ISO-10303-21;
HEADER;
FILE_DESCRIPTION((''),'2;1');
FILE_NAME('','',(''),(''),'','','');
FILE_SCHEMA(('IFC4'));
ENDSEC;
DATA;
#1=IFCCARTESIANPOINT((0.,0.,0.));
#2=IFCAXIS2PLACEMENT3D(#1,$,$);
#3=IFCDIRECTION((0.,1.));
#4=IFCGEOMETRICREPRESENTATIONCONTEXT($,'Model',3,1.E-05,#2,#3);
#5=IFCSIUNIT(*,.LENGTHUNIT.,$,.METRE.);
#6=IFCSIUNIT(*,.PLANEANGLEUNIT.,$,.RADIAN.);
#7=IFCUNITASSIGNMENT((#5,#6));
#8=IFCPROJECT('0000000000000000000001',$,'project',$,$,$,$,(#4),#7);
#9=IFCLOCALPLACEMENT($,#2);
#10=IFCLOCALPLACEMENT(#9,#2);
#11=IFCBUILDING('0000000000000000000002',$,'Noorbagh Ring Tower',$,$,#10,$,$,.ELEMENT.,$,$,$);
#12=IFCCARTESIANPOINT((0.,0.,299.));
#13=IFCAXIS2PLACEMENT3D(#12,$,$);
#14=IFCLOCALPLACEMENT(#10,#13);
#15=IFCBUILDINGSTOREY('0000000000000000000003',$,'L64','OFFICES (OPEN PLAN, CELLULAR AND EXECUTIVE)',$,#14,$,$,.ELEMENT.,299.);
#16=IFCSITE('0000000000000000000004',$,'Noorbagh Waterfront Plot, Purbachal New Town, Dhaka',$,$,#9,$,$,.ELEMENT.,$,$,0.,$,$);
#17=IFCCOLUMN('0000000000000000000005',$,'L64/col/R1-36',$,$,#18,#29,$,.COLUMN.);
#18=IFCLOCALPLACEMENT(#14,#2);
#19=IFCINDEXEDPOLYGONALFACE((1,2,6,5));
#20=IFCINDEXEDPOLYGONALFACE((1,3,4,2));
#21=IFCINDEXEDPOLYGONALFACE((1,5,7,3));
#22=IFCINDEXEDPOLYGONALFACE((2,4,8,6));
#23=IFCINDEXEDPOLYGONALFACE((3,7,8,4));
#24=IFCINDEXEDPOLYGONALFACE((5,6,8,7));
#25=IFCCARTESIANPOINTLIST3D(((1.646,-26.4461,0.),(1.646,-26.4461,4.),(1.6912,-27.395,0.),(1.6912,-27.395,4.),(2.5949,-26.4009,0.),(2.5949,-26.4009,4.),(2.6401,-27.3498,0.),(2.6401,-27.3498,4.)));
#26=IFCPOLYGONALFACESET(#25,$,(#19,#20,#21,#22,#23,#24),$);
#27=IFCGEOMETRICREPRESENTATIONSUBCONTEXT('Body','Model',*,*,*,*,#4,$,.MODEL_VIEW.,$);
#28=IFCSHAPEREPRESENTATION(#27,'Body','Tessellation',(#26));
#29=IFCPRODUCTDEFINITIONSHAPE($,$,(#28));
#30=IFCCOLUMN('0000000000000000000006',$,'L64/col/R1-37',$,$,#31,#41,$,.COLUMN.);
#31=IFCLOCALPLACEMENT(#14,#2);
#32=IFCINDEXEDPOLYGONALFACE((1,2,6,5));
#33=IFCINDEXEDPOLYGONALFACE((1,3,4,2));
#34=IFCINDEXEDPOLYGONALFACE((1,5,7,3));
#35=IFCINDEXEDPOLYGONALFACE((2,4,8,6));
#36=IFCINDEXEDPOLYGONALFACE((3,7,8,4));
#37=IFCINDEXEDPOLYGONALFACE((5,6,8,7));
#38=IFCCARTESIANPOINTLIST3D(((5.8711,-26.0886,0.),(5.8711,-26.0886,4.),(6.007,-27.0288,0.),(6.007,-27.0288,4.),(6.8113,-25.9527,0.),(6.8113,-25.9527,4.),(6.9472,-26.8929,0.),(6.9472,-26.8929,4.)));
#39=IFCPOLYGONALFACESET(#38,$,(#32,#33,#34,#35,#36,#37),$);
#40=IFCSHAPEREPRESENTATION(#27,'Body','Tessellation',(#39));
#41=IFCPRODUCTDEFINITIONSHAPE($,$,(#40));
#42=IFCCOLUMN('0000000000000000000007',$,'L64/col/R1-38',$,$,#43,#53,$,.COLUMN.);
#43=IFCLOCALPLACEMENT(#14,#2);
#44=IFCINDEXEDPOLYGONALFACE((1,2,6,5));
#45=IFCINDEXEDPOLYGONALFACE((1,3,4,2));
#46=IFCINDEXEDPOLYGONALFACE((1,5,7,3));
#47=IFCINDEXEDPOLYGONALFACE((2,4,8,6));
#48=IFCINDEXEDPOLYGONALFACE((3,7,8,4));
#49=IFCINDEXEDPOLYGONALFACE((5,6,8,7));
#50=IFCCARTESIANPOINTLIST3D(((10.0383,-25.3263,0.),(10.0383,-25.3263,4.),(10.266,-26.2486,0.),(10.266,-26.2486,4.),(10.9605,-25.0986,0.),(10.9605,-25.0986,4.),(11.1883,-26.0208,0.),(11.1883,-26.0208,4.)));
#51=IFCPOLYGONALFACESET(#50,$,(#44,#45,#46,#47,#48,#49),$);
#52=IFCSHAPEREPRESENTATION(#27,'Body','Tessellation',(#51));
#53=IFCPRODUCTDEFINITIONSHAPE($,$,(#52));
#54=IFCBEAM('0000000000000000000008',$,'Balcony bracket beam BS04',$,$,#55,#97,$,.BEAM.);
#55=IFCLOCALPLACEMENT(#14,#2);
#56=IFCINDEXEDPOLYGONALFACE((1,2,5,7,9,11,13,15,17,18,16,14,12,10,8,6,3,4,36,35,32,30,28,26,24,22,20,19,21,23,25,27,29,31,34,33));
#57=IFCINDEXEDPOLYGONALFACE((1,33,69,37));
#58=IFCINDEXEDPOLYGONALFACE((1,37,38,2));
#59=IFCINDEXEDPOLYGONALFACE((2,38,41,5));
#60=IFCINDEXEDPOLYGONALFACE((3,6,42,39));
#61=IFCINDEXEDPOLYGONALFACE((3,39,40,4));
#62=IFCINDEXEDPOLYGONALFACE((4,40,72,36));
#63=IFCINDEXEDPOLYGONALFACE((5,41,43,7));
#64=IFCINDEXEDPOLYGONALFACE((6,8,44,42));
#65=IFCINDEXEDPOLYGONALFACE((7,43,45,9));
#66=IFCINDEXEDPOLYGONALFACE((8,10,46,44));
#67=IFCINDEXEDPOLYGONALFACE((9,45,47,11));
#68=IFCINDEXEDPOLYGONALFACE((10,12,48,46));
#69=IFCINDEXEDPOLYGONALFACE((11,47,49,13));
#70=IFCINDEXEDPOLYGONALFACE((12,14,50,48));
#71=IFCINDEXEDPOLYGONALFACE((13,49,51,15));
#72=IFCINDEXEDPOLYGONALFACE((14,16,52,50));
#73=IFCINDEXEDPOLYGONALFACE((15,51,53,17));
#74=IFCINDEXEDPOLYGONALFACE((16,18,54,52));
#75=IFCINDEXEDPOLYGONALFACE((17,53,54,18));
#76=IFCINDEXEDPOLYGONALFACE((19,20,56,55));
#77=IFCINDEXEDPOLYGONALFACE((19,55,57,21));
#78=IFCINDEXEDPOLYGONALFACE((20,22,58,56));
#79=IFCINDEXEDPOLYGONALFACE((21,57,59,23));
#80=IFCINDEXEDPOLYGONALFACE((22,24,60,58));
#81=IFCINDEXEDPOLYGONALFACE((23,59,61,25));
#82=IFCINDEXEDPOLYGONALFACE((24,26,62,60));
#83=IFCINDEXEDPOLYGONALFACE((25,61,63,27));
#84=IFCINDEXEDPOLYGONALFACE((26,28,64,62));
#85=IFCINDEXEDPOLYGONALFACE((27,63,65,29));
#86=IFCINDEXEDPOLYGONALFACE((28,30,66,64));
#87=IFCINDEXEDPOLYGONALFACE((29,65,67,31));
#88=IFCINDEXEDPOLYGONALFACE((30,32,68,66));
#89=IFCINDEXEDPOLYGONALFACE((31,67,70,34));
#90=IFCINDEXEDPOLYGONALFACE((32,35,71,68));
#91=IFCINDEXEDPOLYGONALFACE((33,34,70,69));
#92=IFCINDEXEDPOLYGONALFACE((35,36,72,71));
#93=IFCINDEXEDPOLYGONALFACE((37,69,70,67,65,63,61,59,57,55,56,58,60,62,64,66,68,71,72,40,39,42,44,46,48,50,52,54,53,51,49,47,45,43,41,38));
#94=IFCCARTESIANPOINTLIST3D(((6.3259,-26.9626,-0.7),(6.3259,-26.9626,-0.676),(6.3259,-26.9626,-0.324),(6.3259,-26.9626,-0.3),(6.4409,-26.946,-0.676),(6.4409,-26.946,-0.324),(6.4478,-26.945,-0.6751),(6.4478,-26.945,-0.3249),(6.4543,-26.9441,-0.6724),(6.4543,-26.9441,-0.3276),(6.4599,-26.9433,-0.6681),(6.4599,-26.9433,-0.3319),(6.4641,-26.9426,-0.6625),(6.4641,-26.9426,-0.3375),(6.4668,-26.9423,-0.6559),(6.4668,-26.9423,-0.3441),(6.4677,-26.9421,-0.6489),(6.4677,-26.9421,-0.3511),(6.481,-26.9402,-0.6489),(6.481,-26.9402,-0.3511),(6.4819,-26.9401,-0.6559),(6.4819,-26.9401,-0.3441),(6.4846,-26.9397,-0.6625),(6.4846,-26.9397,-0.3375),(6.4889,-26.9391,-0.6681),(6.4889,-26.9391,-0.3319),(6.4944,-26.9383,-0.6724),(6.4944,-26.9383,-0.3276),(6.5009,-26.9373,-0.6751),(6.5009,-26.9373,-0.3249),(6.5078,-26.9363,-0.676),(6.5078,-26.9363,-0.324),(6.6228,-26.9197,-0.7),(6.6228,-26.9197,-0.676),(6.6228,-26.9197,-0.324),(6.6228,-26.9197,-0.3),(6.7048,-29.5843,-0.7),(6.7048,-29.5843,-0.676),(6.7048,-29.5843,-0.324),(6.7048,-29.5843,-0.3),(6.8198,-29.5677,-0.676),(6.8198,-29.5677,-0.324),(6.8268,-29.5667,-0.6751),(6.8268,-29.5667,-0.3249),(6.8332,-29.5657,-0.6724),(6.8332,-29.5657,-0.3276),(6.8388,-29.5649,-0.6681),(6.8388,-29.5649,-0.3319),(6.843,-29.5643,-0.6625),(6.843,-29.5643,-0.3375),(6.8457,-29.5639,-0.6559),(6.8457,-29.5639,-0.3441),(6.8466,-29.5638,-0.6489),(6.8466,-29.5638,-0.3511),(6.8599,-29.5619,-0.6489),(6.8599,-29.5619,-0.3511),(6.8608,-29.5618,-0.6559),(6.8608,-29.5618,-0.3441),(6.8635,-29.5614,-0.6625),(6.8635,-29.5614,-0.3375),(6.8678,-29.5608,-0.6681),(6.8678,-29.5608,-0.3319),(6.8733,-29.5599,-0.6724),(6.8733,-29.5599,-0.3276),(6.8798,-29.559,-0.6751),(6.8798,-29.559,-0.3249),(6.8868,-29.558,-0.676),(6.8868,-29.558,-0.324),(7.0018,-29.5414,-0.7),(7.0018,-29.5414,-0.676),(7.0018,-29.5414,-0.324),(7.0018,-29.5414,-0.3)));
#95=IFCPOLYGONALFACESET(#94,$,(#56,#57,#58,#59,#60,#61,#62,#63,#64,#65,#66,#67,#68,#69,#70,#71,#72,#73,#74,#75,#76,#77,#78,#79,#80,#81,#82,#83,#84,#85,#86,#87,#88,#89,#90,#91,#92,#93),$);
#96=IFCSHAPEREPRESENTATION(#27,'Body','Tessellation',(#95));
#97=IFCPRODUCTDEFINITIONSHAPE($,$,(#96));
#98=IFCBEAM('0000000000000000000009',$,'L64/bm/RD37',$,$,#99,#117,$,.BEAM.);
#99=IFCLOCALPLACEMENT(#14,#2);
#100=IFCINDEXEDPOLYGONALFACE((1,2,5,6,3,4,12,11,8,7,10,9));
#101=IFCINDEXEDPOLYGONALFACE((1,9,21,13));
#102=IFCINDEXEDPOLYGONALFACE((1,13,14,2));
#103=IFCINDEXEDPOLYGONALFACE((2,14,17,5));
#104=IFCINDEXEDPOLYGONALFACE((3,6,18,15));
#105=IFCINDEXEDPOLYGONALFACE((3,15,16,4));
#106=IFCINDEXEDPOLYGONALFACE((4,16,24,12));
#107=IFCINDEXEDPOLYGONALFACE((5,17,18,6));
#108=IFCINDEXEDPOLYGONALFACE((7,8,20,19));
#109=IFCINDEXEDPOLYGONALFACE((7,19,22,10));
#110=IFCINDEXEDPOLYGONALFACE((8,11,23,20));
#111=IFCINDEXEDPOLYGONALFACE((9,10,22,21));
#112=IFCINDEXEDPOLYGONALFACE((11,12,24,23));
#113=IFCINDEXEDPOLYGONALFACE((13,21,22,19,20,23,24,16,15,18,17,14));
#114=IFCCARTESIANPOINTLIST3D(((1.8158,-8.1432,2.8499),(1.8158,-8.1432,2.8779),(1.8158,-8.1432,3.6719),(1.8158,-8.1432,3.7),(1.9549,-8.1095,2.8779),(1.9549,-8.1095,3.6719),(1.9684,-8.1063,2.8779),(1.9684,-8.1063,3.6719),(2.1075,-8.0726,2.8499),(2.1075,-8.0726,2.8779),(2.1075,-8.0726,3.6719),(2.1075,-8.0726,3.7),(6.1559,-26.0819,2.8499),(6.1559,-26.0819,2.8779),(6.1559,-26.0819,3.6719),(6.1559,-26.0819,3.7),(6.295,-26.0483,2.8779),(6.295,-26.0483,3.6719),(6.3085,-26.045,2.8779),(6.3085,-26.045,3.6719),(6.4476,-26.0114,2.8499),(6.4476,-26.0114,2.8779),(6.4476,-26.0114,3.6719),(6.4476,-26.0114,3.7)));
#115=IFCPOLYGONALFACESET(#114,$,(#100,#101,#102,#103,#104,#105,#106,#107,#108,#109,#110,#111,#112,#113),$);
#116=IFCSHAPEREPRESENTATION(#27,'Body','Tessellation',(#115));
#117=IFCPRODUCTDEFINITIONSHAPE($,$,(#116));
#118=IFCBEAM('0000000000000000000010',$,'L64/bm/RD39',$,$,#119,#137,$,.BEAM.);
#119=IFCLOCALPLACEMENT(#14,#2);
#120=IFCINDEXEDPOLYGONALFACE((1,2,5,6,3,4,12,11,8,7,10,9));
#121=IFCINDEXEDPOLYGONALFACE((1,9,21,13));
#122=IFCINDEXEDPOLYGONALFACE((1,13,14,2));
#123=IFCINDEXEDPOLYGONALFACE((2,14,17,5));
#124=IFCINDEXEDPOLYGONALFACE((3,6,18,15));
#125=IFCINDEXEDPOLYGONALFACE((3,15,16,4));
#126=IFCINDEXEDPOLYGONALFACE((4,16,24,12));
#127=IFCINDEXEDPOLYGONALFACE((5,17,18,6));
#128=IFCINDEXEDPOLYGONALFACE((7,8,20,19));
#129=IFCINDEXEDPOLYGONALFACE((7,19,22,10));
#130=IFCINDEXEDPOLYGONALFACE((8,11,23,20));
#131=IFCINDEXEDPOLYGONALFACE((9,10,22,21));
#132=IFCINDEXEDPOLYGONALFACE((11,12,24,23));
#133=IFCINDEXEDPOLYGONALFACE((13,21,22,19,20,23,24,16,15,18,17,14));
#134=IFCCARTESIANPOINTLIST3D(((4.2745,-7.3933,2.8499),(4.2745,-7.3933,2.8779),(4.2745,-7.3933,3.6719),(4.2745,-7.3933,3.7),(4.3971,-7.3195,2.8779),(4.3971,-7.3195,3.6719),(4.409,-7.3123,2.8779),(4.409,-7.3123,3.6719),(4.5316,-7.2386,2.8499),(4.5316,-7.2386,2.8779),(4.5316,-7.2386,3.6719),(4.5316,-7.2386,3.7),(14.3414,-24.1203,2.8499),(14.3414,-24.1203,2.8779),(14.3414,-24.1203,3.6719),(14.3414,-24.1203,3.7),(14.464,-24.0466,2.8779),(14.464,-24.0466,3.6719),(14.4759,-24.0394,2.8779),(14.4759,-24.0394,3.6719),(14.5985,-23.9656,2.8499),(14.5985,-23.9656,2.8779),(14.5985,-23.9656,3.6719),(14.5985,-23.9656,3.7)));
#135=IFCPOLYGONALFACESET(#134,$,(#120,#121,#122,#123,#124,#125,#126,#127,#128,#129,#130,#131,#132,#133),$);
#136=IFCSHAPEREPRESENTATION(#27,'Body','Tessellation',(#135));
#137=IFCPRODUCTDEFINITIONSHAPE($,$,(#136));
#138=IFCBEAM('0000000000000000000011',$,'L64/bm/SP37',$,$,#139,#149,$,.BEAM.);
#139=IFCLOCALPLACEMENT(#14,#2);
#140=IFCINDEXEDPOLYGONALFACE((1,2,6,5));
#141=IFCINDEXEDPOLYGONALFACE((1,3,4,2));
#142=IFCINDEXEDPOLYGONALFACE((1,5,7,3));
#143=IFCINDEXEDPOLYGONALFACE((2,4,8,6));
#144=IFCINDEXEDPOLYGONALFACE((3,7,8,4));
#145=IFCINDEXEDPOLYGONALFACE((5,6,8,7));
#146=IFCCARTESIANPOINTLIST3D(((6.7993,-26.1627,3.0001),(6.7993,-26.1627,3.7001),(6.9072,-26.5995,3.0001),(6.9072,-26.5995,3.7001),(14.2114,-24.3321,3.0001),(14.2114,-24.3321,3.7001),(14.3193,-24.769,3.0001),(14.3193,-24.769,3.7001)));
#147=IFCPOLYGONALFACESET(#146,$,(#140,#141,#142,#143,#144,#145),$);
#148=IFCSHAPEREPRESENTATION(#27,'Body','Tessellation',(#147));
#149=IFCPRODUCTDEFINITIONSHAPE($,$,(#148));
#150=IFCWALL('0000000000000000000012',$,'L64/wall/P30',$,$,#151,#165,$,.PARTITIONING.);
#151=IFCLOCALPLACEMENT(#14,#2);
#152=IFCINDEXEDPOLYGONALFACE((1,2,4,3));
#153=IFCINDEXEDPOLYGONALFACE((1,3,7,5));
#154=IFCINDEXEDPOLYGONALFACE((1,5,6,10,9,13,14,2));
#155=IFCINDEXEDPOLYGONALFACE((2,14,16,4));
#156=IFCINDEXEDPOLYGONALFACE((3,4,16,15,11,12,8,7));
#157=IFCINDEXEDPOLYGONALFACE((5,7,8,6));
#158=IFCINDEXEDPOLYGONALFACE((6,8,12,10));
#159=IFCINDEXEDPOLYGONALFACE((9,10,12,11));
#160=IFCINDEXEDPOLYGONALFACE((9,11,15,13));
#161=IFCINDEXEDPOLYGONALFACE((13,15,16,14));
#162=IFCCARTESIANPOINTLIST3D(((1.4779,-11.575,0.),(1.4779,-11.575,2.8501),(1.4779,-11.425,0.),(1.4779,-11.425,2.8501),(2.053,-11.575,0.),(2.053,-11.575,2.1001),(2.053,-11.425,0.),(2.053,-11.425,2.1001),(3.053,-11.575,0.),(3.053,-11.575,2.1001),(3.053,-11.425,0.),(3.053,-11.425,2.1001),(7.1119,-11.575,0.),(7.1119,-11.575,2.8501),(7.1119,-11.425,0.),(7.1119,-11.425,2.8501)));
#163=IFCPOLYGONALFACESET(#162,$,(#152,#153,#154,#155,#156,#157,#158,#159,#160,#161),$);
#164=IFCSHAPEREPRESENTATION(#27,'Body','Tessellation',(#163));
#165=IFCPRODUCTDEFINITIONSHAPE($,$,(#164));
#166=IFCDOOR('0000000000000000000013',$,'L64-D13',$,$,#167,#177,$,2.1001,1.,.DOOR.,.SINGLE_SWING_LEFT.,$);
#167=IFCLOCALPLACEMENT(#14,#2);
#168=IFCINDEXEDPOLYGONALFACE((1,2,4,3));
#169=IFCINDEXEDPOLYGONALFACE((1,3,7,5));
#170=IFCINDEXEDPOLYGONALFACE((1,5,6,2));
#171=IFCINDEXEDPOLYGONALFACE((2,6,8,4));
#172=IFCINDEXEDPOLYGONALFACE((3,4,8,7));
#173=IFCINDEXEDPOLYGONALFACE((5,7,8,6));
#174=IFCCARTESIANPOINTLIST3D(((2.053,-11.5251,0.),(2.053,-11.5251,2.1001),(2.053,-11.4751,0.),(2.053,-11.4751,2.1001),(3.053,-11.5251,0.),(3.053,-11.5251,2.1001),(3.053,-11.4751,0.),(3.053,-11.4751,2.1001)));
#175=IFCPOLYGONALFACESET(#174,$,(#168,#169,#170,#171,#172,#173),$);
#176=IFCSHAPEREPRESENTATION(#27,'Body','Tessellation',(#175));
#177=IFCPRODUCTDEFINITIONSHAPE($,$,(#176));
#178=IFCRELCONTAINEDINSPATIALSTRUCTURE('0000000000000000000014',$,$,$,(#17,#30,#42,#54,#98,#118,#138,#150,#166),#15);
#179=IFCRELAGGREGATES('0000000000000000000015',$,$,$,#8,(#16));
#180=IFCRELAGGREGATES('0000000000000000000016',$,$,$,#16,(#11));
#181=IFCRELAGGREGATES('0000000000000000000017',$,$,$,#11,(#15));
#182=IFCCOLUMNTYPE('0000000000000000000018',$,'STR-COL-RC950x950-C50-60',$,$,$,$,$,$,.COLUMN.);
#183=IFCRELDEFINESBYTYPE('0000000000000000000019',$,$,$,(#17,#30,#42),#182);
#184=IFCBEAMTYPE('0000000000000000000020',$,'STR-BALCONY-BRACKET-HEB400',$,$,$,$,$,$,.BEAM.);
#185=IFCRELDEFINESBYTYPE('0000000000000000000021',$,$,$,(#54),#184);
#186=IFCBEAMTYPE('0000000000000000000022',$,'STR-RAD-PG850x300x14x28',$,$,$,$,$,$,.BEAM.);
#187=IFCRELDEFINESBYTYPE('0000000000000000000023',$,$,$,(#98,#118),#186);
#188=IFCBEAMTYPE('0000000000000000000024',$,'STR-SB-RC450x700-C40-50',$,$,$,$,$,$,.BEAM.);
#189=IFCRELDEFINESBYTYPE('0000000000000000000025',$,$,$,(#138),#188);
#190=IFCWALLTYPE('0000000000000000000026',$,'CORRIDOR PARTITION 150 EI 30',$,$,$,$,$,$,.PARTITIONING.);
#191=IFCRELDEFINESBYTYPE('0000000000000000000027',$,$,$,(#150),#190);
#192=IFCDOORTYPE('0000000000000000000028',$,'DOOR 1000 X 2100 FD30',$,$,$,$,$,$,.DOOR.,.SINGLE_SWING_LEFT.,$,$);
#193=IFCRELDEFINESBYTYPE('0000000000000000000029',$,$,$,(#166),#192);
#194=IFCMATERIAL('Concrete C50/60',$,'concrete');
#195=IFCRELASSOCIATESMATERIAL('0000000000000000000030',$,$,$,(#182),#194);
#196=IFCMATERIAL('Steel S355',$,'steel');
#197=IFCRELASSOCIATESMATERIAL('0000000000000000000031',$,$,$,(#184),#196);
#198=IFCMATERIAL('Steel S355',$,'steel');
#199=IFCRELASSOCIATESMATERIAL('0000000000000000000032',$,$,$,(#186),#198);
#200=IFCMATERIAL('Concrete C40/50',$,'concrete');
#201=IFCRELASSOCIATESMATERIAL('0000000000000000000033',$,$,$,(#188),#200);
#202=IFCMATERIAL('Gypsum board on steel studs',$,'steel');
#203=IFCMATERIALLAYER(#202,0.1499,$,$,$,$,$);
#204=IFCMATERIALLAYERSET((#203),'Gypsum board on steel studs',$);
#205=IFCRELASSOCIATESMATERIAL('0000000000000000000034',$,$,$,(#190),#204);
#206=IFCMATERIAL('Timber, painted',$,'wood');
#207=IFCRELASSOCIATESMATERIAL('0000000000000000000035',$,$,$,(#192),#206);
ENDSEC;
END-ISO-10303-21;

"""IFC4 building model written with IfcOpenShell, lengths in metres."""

from ifc_helpers import new_model, si_unit, direction, frame, frame_2d, origin, origin_2d, place, context, subcontext, project, spatial, rectangle, i_section, extrude, material, layer, layer_set, material_profile, profile_set, type_object, element, fill, save


model = new_model("IFC4")

# Units and contexts
model_context = context("Model", 3, precision=1e-05, world=origin(), true_north=direction((0.0, 1.0)))
body_context = subcontext(model_context, "Body", "Model", "MODEL_VIEW")
ifc_project = project(units=[si_unit("LENGTHUNIT", "METRE"), si_unit("PLANEANGLEUNIT", "RADIAN")], contexts=[model_context])

# Site, building, storey
site_placement = place(None, origin())
site = spatial("IfcSite", under=ifc_project, at=site_placement, Name="Noorbagh Waterfront Plot, Purbachal New Town, Dhaka", CompositionType="ELEMENT", RefElevation=0.0)
building_placement = place(site_placement, origin())
building = spatial("IfcBuilding", under=site, at=building_placement, Name="Noorbagh Ring Tower", CompositionType="ELEMENT")
storey_placement = place(building_placement, frame((0.0, 0.0, 299.0)))
storey = spatial("IfcBuildingStorey", under=building, at=storey_placement, Name="L64", Description="OFFICES (OPEN PLAN, CELLULAR AND EXECUTIVE)", CompositionType="ELEMENT", Elevation=299.0)

# Columns
ifc_material_1 = material(Name="Concrete C50/60", Category="concrete")
ifc_material_profile_1 = material_profile(ifc_material_1, rectangle(XDim=0.95, YDim=0.95, at=origin_2d()), Name="RC950x950")
ifc_profile_set_1 = profile_set([ifc_material_profile_1], Name="Concrete C50/60")
column_type = type_object("IfcColumnType", Name="STR-COL-RC950x950-C50-60", PredefinedType="COLUMN", material=ifc_profile_set_1)
for number, where, z_axis, x_axis, name in (
    (1, (2.1431, -26.8979, 0.0), (0.0, 0.0, 1.0), (0.998869, 0.047553, 0.0), "L64/col/R1-36"),
    (2, (6.4092, -26.4907, 0.0), (0.0, 0.0, 1.0), (0.989713, 0.143066, 0.0), "L64/col/R1-37"),
    (3, (10.6133, -25.6736, 0.0), (0.0, 0.0, 1.0), (0.970829, 0.239771, 0.0), "L64/col/R1-38"),
):
    element("IfcColumn", number, at=place(storey_placement, frame(where, z_axis=z_axis, x_axis=x_axis)), inside=storey, type_object=column_type, Name=name, PredefinedType="COLUMN", context=body_context, shape_type="SweptSolid", body=[
        extrude(rectangle(XDim=0.95, YDim=0.95, at=origin_2d()), origin(), (0.0, 0.0, 1.0), 4.0),
    ])

# Beams
ifc_material_2 = material(Name="Steel S355", Category="steel")
ifc_material_profile_2 = material_profile(ifc_material_2, i_section(OverallWidth=0.3, OverallDepth=0.3999, WebThickness=0.0134, FlangeThickness=0.0239, FilletRadius=0.0271, at=origin_2d()), Name="HEB400")
ifc_profile_set_2 = profile_set([ifc_material_profile_2], Name="Steel S355")
beam_type_1 = type_object("IfcBeamType", Name="STR-BALCONY-BRACKET-HEB400", PredefinedType="BEAM", material=ifc_profile_set_2)
beam_1_placement = place(storey_placement, frame((6.4744, -26.9412, -0.5), z_axis=(0.143047, -0.989716, 0.0), x_axis=(0.989716, 0.143047, 0.0)))
element("IfcBeam", 4, at=beam_1_placement, inside=storey, type_object=beam_type_1, Name="Balcony bracket beam BS04", PredefinedType="BEAM", context=body_context, shape_type="SweptSolid", body=[
    extrude(i_section(OverallWidth=0.3, OverallDepth=0.3999, WebThickness=0.0134, FlangeThickness=0.0239, FilletRadius=0.0271, at=origin_2d()), origin(), (0.0, 0.0, 1.0), 2.6489),
])
ifc_material_3 = material(Name="Steel S355", Category="steel")
ifc_material_profile_3 = material_profile(ifc_material_3, i_section(OverallWidth=0.3, OverallDepth=0.8501, WebThickness=0.0139, FlangeThickness=0.0281, at=origin_2d()), Name="PG850x300x14x28")
ifc_profile_set_3 = profile_set([ifc_material_profile_3], Name="Steel S355")
beam_type_2 = type_object("IfcBeamType", Name="STR-RAD-PG850x300x14x28", PredefinedType="BEAM", material=ifc_profile_set_3)
beam_2_placement = place(storey_placement, frame((6.3018, -26.0466, 3.2749), z_axis=(-0.235155, 0.971958, 0.0), x_axis=(-0.971958, -0.235155, 0.0)))
element("IfcBeam", 5, at=beam_2_placement, inside=storey, type_object=beam_type_2, Name="L64/bm/RD37", PredefinedType="BEAM", context=body_context, shape_type="SweptSolid", body=[
    extrude(i_section(OverallWidth=0.3, OverallDepth=0.8501, WebThickness=0.0139, FlangeThickness=0.0281, at=origin_2d()), origin(), (0.0, 0.0, 1.0), 18.4563),
])
beam_3_placement = place(storey_placement, frame((14.47, -24.043, 3.2749), z_axis=(-0.51565, 0.856799, 0.0), x_axis=(-0.856799, -0.51565, 0.0)))
element("IfcBeam", 6, at=beam_3_placement, inside=storey, type_object=beam_type_2, Name="L64/bm/RD39", PredefinedType="BEAM", context=body_context, shape_type="SweptSolid", body=[
    extrude(i_section(OverallWidth=0.3, OverallDepth=0.8501, WebThickness=0.0139, FlangeThickness=0.0281, at=origin_2d()), origin(), (0.0, 0.0, 1.0), 19.5227),
])
ifc_material_4 = material(Name="Concrete C40/50", Category="concrete")
ifc_material_profile_4 = material_profile(ifc_material_4, rectangle(XDim=0.45, YDim=0.7, at=origin_2d()), Name="RC450x700")
ifc_profile_set_4 = profile_set([ifc_material_profile_4], Name="Concrete C40/50")
beam_type_3 = type_object("IfcBeamType", Name="STR-SB-RC450x700-C40-50", PredefinedType="BEAM", material=ifc_profile_set_4)
beam_4_placement = place(storey_placement, frame((6.8533, -26.3811, 3.3501), z_axis=(0.970831, 0.239766, 0.0), x_axis=(-0.239766, 0.970831, 0.0)))
element("IfcBeam", 7, at=beam_4_placement, inside=storey, type_object=beam_type_3, Name="L64/bm/SP37", PredefinedType="BEAM", context=body_context, shape_type="SweptSolid", body=[
    extrude(rectangle(XDim=0.45, YDim=0.7, at=origin_2d()), origin(), (0.0, 0.0, 1.0), 7.6348),
])

# Wall, opening, door
ifc_material_5 = material(Name="Gypsum board on steel studs", Category="steel")
ifc_layer_1 = layer(ifc_material_5, 0.1499)
ifc_layer_set_1 = layer_set([ifc_layer_1], Name="Gypsum board on steel studs")
wall_type_1 = type_object("IfcWallType", Name="CORRIDOR PARTITION 150 EI 30", PredefinedType="PARTITIONING", material=ifc_layer_set_1)
wall_1_placement = place(storey_placement, frame((1.478, -11.5, 0.0), z_axis=(0.0, 0.0, 1.0), x_axis=(1.0, 0.0, 0.0)))
wall_1 = element("IfcWall", 8, at=wall_1_placement, inside=storey, type_object=wall_type_1, Name="L64/wall/P30", PredefinedType="PARTITIONING", context=body_context, shape_type="SweptSolid", body=[
    extrude(rectangle(XDim=5.634, YDim=0.1499, at=frame_2d((2.8169, 0.0))), origin(), (0.0, 0.0, 1.0), 2.8501),
])
opening_1_placement = place(wall_1_placement, frame((0.575, 0.0, 0.0)))
opening_1 = element("IfcOpeningElement", 9, at=opening_1_placement, cuts=wall_1, PredefinedType="OPENING", context=body_context, shape_type="SweptSolid", body=[
    extrude(rectangle(XDim=1.0, YDim=2.1001, at=frame_2d((0.5, 1.05))), frame((0.0, 0.085, 0.0), z_axis=(0.0, -1.0, 0.0), x_axis=(1.0, 0.0, 0.0)), (0.0, 0.0, 1.0), 0.1699),
])
ifc_material_6 = material(Name="Timber, painted", Category="wood")
door_type_1 = type_object("IfcDoorType", Name="DOOR 1000 X 2100 FD30", OperationType="SINGLE_SWING_LEFT", PredefinedType="DOOR", material=ifc_material_6)
door_1_placement = place(opening_1_placement, origin())
door_1 = element("IfcDoor", 10, at=door_1_placement, inside=storey, type_object=door_type_1, Name="L64-D13", OperationType="SINGLE_SWING_LEFT", OverallHeight=2.1001, OverallWidth=1.0, PredefinedType="DOOR", context=body_context, shape_type="SweptSolid", body=[
    extrude(rectangle(XDim=1.0, YDim=2.1001, at=frame_2d((0.5, 1.05))), frame((0.0, 0.0249, 0.0), z_axis=(0.0, -1.0, 0.0), x_axis=(1.0, 0.0, 0.0)), (0.0, 0.0, 1.0), 0.05),
])
fill(opening_1, door_1)

save(model, "model.ifc")
